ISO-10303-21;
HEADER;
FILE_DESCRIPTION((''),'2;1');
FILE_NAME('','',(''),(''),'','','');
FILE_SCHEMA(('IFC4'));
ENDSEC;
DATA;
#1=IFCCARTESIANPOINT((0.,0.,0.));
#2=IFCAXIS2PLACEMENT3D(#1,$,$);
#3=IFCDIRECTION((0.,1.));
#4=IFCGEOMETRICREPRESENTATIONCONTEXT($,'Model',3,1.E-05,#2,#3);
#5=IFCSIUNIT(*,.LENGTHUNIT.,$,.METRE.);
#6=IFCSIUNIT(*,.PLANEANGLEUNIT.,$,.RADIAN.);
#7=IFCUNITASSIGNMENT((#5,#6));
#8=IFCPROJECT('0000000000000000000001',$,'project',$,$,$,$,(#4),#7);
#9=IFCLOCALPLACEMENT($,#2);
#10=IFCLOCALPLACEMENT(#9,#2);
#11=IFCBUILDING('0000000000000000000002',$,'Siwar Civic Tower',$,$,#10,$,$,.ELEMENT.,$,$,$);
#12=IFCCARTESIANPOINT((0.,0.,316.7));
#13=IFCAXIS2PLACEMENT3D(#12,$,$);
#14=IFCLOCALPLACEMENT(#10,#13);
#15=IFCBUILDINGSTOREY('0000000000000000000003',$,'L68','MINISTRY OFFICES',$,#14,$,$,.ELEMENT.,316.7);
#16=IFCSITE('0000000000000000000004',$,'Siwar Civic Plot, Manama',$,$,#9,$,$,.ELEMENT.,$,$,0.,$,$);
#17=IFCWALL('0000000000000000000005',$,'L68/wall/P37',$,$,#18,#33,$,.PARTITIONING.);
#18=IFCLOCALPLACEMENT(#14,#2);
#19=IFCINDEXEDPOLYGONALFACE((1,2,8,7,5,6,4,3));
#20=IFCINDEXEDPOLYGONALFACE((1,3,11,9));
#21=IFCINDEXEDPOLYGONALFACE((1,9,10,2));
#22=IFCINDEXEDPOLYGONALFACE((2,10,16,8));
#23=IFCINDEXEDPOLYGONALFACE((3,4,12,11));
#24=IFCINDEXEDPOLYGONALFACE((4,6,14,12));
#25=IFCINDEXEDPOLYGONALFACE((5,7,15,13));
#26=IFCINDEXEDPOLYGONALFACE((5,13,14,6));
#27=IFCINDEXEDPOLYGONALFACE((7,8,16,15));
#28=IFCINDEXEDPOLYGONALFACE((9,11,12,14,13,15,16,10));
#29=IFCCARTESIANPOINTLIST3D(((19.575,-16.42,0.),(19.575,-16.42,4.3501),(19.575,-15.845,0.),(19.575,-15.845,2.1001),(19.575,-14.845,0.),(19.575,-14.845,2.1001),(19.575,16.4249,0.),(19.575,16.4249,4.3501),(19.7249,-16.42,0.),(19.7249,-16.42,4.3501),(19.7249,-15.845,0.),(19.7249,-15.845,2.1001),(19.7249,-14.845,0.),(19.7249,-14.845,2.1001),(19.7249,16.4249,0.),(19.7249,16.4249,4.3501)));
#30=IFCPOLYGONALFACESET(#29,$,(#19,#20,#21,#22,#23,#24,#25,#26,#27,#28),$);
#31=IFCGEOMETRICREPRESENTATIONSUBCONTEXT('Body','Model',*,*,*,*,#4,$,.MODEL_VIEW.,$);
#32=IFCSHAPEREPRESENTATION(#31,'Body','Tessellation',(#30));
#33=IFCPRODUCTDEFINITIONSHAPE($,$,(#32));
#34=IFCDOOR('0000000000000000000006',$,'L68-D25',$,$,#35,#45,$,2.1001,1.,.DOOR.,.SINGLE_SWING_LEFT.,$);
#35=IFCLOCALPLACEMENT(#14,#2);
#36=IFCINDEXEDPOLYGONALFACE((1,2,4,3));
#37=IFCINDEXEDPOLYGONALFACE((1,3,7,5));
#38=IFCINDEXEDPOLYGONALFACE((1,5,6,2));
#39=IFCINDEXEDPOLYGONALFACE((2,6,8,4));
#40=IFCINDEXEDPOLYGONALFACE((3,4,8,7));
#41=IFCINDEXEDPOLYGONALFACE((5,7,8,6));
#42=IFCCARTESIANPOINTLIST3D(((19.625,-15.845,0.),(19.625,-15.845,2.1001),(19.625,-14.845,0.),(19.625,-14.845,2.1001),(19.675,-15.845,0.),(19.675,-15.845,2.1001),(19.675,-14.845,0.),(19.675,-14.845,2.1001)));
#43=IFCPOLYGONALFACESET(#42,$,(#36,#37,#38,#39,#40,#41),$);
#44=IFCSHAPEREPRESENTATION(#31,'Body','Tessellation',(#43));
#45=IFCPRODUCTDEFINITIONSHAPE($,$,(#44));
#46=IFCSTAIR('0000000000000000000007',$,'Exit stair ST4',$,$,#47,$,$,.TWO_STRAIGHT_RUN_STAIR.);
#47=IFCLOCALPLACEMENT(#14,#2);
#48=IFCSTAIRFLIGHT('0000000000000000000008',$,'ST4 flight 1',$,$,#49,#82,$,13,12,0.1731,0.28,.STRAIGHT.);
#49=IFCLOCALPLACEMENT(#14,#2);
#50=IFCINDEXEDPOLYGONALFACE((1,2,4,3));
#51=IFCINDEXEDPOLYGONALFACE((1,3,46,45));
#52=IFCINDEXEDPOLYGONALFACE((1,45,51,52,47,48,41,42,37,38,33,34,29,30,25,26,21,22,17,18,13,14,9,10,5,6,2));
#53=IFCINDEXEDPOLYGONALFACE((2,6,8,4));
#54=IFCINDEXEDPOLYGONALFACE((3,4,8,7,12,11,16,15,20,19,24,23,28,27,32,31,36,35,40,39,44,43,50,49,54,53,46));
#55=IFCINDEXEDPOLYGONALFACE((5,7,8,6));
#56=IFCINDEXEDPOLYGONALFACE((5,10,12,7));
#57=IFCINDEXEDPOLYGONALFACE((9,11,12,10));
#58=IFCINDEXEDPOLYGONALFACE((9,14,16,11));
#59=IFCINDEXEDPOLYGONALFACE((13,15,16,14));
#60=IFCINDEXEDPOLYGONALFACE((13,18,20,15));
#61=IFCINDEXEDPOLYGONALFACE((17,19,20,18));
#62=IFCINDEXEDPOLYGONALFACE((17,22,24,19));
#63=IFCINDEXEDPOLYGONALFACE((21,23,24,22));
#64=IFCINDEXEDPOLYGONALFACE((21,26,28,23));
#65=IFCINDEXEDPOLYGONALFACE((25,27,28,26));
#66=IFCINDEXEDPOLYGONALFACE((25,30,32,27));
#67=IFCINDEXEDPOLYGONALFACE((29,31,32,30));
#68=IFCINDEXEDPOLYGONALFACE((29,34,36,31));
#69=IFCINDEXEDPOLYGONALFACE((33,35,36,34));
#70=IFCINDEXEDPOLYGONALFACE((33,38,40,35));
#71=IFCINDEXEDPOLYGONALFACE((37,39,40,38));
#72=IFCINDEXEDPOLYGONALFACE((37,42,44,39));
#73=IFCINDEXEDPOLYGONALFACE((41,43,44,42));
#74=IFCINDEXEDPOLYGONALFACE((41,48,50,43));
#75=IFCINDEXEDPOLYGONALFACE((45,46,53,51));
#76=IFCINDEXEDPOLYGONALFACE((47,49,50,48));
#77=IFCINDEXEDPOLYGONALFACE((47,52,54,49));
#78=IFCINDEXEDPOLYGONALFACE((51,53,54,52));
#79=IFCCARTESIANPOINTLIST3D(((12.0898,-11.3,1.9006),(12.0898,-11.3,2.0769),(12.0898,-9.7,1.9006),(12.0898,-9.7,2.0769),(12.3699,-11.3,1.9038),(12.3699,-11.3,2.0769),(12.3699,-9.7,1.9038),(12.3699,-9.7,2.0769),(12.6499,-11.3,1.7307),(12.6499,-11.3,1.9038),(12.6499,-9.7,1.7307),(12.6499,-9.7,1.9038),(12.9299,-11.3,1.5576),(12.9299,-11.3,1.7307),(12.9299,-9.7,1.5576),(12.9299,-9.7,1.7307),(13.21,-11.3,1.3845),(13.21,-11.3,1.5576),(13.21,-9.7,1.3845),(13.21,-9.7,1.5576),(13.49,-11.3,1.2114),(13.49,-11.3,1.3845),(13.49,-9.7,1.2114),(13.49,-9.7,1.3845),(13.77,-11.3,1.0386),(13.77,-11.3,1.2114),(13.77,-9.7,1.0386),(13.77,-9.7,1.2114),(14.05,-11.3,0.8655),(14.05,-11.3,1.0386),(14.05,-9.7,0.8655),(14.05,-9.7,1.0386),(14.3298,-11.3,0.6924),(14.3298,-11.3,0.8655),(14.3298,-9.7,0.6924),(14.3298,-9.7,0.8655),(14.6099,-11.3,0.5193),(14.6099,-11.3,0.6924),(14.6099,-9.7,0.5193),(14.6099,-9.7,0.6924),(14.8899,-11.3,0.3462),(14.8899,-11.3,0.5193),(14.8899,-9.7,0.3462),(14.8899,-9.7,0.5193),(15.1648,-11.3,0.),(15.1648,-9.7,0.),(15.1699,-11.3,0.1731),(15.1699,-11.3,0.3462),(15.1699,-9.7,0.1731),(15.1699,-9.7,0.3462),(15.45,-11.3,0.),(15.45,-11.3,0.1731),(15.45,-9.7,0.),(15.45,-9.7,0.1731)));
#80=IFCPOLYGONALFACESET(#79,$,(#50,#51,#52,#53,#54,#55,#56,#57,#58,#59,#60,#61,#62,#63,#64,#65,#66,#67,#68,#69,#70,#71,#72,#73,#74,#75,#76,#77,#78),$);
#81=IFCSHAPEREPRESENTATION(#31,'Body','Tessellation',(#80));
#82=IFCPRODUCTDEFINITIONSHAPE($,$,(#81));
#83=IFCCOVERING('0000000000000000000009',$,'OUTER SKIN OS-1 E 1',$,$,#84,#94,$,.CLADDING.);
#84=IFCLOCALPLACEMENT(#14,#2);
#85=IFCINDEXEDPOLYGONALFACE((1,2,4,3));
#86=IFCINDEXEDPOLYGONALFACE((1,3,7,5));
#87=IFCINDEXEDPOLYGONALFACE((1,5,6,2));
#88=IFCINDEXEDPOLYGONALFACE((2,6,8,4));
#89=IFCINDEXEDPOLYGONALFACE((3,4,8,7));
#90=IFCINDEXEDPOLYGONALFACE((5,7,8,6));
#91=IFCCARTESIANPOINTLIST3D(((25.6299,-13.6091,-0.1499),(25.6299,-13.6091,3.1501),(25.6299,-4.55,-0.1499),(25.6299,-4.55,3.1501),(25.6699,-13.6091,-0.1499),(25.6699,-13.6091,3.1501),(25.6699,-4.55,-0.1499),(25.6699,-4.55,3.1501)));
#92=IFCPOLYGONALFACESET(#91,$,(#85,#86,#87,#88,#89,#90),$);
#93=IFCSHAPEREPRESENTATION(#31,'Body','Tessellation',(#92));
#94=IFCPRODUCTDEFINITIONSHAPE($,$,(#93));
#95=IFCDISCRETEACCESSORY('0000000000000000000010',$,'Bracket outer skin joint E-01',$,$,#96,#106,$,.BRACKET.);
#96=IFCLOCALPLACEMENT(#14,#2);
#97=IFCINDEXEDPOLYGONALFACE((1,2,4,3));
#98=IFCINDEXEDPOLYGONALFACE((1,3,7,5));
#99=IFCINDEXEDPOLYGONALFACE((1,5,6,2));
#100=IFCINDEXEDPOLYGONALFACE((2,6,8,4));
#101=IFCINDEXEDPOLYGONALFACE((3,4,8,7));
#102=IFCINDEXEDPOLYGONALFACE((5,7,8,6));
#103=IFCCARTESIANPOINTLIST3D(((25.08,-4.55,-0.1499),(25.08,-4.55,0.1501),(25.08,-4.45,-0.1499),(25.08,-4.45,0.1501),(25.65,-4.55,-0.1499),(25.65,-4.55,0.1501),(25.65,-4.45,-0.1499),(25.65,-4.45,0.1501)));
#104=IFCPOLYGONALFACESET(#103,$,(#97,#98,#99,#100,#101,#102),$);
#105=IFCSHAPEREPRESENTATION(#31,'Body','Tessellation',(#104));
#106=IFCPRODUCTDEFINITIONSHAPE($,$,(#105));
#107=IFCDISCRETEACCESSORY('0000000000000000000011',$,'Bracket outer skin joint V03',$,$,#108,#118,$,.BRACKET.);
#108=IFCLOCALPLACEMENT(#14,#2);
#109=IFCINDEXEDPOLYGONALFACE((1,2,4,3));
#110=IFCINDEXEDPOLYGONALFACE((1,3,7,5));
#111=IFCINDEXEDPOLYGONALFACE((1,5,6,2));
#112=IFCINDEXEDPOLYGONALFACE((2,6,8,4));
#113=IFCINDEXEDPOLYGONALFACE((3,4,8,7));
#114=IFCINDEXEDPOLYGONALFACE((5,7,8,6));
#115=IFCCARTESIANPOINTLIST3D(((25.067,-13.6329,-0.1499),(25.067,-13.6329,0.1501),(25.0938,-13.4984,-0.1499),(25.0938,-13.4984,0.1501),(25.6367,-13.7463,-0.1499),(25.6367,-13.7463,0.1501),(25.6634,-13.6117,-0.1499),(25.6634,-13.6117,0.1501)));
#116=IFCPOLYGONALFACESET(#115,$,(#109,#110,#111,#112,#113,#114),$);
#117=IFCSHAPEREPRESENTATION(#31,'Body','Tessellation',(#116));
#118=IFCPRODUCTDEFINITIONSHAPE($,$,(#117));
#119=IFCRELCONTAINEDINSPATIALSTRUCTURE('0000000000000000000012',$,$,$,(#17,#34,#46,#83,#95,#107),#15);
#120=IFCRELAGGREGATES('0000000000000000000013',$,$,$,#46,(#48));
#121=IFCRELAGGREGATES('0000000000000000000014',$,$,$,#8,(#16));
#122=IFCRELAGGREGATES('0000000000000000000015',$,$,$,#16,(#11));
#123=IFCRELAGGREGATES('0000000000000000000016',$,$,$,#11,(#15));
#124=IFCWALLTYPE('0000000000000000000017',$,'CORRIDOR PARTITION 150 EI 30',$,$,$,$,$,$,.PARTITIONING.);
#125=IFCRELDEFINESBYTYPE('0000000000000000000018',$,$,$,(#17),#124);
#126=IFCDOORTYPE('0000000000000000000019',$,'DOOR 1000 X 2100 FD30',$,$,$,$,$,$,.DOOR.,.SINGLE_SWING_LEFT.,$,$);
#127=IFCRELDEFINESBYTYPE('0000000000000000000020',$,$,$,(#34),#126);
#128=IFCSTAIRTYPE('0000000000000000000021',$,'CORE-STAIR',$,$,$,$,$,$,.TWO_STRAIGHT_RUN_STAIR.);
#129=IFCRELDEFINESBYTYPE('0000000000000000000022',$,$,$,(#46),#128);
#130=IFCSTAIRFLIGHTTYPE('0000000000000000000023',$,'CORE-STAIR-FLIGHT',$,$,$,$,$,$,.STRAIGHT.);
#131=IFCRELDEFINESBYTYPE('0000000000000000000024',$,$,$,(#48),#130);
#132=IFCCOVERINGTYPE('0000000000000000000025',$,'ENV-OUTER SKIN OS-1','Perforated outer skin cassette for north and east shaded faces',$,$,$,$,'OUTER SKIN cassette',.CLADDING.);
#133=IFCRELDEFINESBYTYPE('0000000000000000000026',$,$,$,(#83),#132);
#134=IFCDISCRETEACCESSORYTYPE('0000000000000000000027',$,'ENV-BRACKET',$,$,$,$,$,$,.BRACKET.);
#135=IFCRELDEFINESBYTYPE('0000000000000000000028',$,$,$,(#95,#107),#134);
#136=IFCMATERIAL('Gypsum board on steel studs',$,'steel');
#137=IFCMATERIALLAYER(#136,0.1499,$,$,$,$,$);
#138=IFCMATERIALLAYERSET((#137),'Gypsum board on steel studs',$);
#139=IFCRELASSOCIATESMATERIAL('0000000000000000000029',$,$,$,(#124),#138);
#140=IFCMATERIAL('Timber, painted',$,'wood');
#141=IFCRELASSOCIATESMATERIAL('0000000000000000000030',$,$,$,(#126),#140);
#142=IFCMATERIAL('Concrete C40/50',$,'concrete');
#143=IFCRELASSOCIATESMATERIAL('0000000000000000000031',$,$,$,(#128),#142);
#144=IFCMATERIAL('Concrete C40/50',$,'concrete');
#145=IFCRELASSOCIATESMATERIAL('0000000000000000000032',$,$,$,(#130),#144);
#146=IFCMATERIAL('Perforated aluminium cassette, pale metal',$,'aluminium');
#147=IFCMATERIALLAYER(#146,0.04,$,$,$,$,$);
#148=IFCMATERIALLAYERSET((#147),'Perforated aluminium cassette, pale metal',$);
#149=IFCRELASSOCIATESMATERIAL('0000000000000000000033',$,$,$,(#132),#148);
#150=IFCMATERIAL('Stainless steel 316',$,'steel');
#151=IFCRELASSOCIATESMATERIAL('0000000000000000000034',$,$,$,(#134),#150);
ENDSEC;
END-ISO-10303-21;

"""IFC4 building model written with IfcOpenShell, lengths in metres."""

from ifc_helpers import new_model, si_unit, direction, frame, frame_2d, origin, origin_2d, place, context, subcontext, project, spatial, polyline, rectangle, outline, extrude, material, layer, layer_set, type_object, element, fill, aggregate, save


model = new_model("IFC4")

# Units and contexts
model_context = context("Model", 3, precision=1e-05, world=origin(), true_north=direction((0.0, 1.0)))
body_context = subcontext(model_context, "Body", "Model", "MODEL_VIEW")
ifc_project = project(units=[si_unit("LENGTHUNIT", "METRE"), si_unit("PLANEANGLEUNIT", "RADIAN")], contexts=[model_context])

# Site, building, storey
site_placement = place(None, origin())
site = spatial("IfcSite", under=ifc_project, at=site_placement, Name="Siwar Civic Plot, Manama", CompositionType="ELEMENT", RefElevation=0.0)
building_placement = place(site_placement, origin())
building = spatial("IfcBuilding", under=site, at=building_placement, Name="Siwar Civic Tower", CompositionType="ELEMENT")
storey_placement = place(building_placement, frame((0.0, 0.0, 316.7)))
storey = spatial("IfcBuildingStorey", under=building, at=storey_placement, Name="L68", Description="MINISTRY OFFICES", CompositionType="ELEMENT", Elevation=316.7)

# Shared definitions
ifc_material_1 = material(Name="Gypsum board on steel studs", Category="steel")
ifc_layer_1 = layer(ifc_material_1, 0.1499)
ifc_layer_set_1 = layer_set([ifc_layer_1], Name="Gypsum board on steel studs")
wall_type_1 = type_object("IfcWallType", Name="CORRIDOR PARTITION 150 EI 30", PredefinedType="PARTITIONING", material=ifc_layer_set_1)

# Wall, opening, door
wall_1_placement = place(storey_placement, frame((19.6499, -16.4199, 0.0), z_axis=(0.0, 0.0, 1.0), x_axis=(0.0, 1.0, 0.0)))
wall_1 = element("IfcWall", 1, at=wall_1_placement, inside=storey, type_object=wall_type_1, Name="L68/wall/P37", PredefinedType="PARTITIONING", context=body_context, shape_type="SweptSolid", body=[
    extrude(rectangle(XDim=32.845, YDim=0.1499, at=frame_2d((16.4224, 0.0))), origin(), (0.0, 0.0, 1.0), 4.3501),
])
opening_1_placement = place(wall_1_placement, frame((0.575, 0.0, 0.0)))
opening_1 = element("IfcOpeningElement", 2, at=opening_1_placement, cuts=wall_1, PredefinedType="OPENING", context=body_context, shape_type="SweptSolid", body=[
    extrude(rectangle(XDim=1.0, YDim=2.1001, at=frame_2d((0.5, 1.05))), frame((0.0, 0.085, 0.0), z_axis=(0.0, -1.0, 0.0), x_axis=(1.0, 0.0, 0.0)), (0.0, 0.0, 1.0), 0.1699),
])
ifc_material_2 = material(Name="Timber, painted", Category="wood")
door_type_1 = type_object("IfcDoorType", Name="DOOR 1000 X 2100 FD30", OperationType="SINGLE_SWING_LEFT", PredefinedType="DOOR", material=ifc_material_2)
door_1_placement = place(opening_1_placement, origin())
door_1 = element("IfcDoor", 3, at=door_1_placement, inside=storey, type_object=door_type_1, Name="L68-D25", OperationType="SINGLE_SWING_LEFT", OverallHeight=2.1001, OverallWidth=1.0, PredefinedType="DOOR", context=body_context, shape_type="SweptSolid", body=[
    extrude(rectangle(XDim=1.0, YDim=2.1001, at=frame_2d((0.5, 1.05))), frame((0.0, 0.0249, 0.0), z_axis=(0.0, -1.0, 0.0), x_axis=(1.0, 0.0, 0.0)), (0.0, 0.0, 1.0), 0.05),
])
fill(opening_1, door_1)

# Stair, stair flight
ifc_material_3 = material(Name="Concrete C40/50", Category="concrete")
stair_type = type_object("IfcStairType", Name="CORE-STAIR", PredefinedType="TWO_STRAIGHT_RUN_STAIR", material=ifc_material_3)
stair_placement = place(storey_placement, origin())
stair = element("IfcStair", 4, at=stair_placement, inside=storey, type_object=stair_type, Name="Exit stair ST4", PredefinedType="TWO_STRAIGHT_RUN_STAIR")
ifc_material_4 = material(Name="Concrete C40/50", Category="concrete")
stair_flight_type = type_object("IfcStairFlightType", Name="CORE-STAIR-FLIGHT", PredefinedType="STRAIGHT", material=ifc_material_4)
stair_flight_placement = place(storey_placement, frame((15.45, -10.5, 0.0), z_axis=(0.0, 0.0, 1.0), x_axis=(-1.0, 0.0, 0.0)))
stair_flight = element("IfcStairFlight", 5, at=stair_flight_placement, type_object=stair_flight_type, Name="ST4 flight 1", NumberOfRisers=13, NumberOfTreads=12, PredefinedType="STRAIGHT", RiserHeight=0.1731, TreadLength=0.28, context=body_context, shape_type="SweptSolid", body=[
    extrude(outline(polyline([(0.0, 0.0), (0.0, 0.1731), (0.28, 0.1731), (0.28, 0.3462), (0.5601, 0.3462), (0.5601, 0.5193), (0.8401, 0.5193), (0.8401, 0.6924), (1.1201, 0.6924), (1.1201, 0.8655), (1.3999, 0.8655), (1.3999, 1.0386), (1.6799, 1.0386), (1.6799, 1.2114), (1.96, 1.2114), (1.96, 1.3845), (2.24, 1.3845), (2.24, 1.5576), (2.52, 1.5576), (2.52, 1.7307), (2.8, 1.7307), (2.8, 1.9038), (3.0801, 1.9038), (3.0801, 2.0769), (3.3601, 2.0769), (3.3601, 2.25), (3.3601, 1.9006), (0.2852, 0.0), (0.0, 0.0)])), frame((0.0, 0.8, 0.0), z_axis=(0.0, -1.0, 0.0), x_axis=(1.0, 0.0, 0.0)), (0.0, 0.0, 1.0), 1.6001),
])
aggregate(stair, [stair_flight])

# Covering
ifc_material_5 = material(Name="Perforated aluminium cassette, pale metal", Category="aluminium")
ifc_layer_2 = layer(ifc_material_5, 0.04)
ifc_layer_set_2 = layer_set([ifc_layer_2], Name="Perforated aluminium cassette, pale metal")
covering_type = type_object("IfcCoveringType", Name="ENV-OUTER SKIN OS-1", Description="Perforated outer skin cassette for north and east shaded faces", ElementType="OUTER SKIN cassette", PredefinedType="CLADDING", material=ifc_layer_set_2)
covering_placement = place(storey_placement, frame((25.6499, -9.0796, -0.1499), z_axis=(0.0, 0.0, 1.0), x_axis=(0.0, 1.0, 0.0)))
element("IfcCovering", 6, at=covering_placement, inside=storey, type_object=covering_type, Name="OUTER SKIN OS-1 E 1", PredefinedType="CLADDING", context=body_context, shape_type="SweptSolid", body=[
    extrude(rectangle(XDim=9.0591, YDim=0.04, at=origin_2d()), origin(), (0.0, 0.0, 1.0), 3.3),
])

# Discrete accessories
ifc_material_6 = material(Name="Stainless steel 316", Category="steel")
discrete_accessory_type = type_object("IfcDiscreteAccessoryType", Name="ENV-BRACKET", PredefinedType="BRACKET", material=ifc_material_6)
discrete_accessory_1_placement = place(storey_placement, frame((25.365, -4.5, -0.1499), z_axis=(0.0, 0.0, 1.0), x_axis=(1.0, 0.0, 0.0)))
element("IfcDiscreteAccessory", 7, at=discrete_accessory_1_placement, inside=storey, type_object=discrete_accessory_type, Name="Bracket outer skin joint E-01", PredefinedType="BRACKET", context=body_context, shape_type="SweptSolid", body=[
    extrude(rectangle(XDim=0.5701, YDim=0.1001, at=origin_2d()), origin(), (0.0, 0.0, 1.0), 0.3),
])
discrete_accessory_2_placement = place(storey_placement, frame((25.3652, -13.6223, -0.1499), z_axis=(0.0, 0.0, 1.0), x_axis=(0.980785, -0.19509, 0.0)))
element("IfcDiscreteAccessory", 8, at=discrete_accessory_2_placement, inside=storey, type_object=discrete_accessory_type, Name="Bracket outer skin joint V03", PredefinedType="BRACKET", context=body_context, shape_type="SweptSolid", body=[
    extrude(rectangle(XDim=0.5808, YDim=0.1372, at=origin_2d()), origin(), (0.0, 0.0, 1.0), 0.3),
])

save(model, "model.ifc")
